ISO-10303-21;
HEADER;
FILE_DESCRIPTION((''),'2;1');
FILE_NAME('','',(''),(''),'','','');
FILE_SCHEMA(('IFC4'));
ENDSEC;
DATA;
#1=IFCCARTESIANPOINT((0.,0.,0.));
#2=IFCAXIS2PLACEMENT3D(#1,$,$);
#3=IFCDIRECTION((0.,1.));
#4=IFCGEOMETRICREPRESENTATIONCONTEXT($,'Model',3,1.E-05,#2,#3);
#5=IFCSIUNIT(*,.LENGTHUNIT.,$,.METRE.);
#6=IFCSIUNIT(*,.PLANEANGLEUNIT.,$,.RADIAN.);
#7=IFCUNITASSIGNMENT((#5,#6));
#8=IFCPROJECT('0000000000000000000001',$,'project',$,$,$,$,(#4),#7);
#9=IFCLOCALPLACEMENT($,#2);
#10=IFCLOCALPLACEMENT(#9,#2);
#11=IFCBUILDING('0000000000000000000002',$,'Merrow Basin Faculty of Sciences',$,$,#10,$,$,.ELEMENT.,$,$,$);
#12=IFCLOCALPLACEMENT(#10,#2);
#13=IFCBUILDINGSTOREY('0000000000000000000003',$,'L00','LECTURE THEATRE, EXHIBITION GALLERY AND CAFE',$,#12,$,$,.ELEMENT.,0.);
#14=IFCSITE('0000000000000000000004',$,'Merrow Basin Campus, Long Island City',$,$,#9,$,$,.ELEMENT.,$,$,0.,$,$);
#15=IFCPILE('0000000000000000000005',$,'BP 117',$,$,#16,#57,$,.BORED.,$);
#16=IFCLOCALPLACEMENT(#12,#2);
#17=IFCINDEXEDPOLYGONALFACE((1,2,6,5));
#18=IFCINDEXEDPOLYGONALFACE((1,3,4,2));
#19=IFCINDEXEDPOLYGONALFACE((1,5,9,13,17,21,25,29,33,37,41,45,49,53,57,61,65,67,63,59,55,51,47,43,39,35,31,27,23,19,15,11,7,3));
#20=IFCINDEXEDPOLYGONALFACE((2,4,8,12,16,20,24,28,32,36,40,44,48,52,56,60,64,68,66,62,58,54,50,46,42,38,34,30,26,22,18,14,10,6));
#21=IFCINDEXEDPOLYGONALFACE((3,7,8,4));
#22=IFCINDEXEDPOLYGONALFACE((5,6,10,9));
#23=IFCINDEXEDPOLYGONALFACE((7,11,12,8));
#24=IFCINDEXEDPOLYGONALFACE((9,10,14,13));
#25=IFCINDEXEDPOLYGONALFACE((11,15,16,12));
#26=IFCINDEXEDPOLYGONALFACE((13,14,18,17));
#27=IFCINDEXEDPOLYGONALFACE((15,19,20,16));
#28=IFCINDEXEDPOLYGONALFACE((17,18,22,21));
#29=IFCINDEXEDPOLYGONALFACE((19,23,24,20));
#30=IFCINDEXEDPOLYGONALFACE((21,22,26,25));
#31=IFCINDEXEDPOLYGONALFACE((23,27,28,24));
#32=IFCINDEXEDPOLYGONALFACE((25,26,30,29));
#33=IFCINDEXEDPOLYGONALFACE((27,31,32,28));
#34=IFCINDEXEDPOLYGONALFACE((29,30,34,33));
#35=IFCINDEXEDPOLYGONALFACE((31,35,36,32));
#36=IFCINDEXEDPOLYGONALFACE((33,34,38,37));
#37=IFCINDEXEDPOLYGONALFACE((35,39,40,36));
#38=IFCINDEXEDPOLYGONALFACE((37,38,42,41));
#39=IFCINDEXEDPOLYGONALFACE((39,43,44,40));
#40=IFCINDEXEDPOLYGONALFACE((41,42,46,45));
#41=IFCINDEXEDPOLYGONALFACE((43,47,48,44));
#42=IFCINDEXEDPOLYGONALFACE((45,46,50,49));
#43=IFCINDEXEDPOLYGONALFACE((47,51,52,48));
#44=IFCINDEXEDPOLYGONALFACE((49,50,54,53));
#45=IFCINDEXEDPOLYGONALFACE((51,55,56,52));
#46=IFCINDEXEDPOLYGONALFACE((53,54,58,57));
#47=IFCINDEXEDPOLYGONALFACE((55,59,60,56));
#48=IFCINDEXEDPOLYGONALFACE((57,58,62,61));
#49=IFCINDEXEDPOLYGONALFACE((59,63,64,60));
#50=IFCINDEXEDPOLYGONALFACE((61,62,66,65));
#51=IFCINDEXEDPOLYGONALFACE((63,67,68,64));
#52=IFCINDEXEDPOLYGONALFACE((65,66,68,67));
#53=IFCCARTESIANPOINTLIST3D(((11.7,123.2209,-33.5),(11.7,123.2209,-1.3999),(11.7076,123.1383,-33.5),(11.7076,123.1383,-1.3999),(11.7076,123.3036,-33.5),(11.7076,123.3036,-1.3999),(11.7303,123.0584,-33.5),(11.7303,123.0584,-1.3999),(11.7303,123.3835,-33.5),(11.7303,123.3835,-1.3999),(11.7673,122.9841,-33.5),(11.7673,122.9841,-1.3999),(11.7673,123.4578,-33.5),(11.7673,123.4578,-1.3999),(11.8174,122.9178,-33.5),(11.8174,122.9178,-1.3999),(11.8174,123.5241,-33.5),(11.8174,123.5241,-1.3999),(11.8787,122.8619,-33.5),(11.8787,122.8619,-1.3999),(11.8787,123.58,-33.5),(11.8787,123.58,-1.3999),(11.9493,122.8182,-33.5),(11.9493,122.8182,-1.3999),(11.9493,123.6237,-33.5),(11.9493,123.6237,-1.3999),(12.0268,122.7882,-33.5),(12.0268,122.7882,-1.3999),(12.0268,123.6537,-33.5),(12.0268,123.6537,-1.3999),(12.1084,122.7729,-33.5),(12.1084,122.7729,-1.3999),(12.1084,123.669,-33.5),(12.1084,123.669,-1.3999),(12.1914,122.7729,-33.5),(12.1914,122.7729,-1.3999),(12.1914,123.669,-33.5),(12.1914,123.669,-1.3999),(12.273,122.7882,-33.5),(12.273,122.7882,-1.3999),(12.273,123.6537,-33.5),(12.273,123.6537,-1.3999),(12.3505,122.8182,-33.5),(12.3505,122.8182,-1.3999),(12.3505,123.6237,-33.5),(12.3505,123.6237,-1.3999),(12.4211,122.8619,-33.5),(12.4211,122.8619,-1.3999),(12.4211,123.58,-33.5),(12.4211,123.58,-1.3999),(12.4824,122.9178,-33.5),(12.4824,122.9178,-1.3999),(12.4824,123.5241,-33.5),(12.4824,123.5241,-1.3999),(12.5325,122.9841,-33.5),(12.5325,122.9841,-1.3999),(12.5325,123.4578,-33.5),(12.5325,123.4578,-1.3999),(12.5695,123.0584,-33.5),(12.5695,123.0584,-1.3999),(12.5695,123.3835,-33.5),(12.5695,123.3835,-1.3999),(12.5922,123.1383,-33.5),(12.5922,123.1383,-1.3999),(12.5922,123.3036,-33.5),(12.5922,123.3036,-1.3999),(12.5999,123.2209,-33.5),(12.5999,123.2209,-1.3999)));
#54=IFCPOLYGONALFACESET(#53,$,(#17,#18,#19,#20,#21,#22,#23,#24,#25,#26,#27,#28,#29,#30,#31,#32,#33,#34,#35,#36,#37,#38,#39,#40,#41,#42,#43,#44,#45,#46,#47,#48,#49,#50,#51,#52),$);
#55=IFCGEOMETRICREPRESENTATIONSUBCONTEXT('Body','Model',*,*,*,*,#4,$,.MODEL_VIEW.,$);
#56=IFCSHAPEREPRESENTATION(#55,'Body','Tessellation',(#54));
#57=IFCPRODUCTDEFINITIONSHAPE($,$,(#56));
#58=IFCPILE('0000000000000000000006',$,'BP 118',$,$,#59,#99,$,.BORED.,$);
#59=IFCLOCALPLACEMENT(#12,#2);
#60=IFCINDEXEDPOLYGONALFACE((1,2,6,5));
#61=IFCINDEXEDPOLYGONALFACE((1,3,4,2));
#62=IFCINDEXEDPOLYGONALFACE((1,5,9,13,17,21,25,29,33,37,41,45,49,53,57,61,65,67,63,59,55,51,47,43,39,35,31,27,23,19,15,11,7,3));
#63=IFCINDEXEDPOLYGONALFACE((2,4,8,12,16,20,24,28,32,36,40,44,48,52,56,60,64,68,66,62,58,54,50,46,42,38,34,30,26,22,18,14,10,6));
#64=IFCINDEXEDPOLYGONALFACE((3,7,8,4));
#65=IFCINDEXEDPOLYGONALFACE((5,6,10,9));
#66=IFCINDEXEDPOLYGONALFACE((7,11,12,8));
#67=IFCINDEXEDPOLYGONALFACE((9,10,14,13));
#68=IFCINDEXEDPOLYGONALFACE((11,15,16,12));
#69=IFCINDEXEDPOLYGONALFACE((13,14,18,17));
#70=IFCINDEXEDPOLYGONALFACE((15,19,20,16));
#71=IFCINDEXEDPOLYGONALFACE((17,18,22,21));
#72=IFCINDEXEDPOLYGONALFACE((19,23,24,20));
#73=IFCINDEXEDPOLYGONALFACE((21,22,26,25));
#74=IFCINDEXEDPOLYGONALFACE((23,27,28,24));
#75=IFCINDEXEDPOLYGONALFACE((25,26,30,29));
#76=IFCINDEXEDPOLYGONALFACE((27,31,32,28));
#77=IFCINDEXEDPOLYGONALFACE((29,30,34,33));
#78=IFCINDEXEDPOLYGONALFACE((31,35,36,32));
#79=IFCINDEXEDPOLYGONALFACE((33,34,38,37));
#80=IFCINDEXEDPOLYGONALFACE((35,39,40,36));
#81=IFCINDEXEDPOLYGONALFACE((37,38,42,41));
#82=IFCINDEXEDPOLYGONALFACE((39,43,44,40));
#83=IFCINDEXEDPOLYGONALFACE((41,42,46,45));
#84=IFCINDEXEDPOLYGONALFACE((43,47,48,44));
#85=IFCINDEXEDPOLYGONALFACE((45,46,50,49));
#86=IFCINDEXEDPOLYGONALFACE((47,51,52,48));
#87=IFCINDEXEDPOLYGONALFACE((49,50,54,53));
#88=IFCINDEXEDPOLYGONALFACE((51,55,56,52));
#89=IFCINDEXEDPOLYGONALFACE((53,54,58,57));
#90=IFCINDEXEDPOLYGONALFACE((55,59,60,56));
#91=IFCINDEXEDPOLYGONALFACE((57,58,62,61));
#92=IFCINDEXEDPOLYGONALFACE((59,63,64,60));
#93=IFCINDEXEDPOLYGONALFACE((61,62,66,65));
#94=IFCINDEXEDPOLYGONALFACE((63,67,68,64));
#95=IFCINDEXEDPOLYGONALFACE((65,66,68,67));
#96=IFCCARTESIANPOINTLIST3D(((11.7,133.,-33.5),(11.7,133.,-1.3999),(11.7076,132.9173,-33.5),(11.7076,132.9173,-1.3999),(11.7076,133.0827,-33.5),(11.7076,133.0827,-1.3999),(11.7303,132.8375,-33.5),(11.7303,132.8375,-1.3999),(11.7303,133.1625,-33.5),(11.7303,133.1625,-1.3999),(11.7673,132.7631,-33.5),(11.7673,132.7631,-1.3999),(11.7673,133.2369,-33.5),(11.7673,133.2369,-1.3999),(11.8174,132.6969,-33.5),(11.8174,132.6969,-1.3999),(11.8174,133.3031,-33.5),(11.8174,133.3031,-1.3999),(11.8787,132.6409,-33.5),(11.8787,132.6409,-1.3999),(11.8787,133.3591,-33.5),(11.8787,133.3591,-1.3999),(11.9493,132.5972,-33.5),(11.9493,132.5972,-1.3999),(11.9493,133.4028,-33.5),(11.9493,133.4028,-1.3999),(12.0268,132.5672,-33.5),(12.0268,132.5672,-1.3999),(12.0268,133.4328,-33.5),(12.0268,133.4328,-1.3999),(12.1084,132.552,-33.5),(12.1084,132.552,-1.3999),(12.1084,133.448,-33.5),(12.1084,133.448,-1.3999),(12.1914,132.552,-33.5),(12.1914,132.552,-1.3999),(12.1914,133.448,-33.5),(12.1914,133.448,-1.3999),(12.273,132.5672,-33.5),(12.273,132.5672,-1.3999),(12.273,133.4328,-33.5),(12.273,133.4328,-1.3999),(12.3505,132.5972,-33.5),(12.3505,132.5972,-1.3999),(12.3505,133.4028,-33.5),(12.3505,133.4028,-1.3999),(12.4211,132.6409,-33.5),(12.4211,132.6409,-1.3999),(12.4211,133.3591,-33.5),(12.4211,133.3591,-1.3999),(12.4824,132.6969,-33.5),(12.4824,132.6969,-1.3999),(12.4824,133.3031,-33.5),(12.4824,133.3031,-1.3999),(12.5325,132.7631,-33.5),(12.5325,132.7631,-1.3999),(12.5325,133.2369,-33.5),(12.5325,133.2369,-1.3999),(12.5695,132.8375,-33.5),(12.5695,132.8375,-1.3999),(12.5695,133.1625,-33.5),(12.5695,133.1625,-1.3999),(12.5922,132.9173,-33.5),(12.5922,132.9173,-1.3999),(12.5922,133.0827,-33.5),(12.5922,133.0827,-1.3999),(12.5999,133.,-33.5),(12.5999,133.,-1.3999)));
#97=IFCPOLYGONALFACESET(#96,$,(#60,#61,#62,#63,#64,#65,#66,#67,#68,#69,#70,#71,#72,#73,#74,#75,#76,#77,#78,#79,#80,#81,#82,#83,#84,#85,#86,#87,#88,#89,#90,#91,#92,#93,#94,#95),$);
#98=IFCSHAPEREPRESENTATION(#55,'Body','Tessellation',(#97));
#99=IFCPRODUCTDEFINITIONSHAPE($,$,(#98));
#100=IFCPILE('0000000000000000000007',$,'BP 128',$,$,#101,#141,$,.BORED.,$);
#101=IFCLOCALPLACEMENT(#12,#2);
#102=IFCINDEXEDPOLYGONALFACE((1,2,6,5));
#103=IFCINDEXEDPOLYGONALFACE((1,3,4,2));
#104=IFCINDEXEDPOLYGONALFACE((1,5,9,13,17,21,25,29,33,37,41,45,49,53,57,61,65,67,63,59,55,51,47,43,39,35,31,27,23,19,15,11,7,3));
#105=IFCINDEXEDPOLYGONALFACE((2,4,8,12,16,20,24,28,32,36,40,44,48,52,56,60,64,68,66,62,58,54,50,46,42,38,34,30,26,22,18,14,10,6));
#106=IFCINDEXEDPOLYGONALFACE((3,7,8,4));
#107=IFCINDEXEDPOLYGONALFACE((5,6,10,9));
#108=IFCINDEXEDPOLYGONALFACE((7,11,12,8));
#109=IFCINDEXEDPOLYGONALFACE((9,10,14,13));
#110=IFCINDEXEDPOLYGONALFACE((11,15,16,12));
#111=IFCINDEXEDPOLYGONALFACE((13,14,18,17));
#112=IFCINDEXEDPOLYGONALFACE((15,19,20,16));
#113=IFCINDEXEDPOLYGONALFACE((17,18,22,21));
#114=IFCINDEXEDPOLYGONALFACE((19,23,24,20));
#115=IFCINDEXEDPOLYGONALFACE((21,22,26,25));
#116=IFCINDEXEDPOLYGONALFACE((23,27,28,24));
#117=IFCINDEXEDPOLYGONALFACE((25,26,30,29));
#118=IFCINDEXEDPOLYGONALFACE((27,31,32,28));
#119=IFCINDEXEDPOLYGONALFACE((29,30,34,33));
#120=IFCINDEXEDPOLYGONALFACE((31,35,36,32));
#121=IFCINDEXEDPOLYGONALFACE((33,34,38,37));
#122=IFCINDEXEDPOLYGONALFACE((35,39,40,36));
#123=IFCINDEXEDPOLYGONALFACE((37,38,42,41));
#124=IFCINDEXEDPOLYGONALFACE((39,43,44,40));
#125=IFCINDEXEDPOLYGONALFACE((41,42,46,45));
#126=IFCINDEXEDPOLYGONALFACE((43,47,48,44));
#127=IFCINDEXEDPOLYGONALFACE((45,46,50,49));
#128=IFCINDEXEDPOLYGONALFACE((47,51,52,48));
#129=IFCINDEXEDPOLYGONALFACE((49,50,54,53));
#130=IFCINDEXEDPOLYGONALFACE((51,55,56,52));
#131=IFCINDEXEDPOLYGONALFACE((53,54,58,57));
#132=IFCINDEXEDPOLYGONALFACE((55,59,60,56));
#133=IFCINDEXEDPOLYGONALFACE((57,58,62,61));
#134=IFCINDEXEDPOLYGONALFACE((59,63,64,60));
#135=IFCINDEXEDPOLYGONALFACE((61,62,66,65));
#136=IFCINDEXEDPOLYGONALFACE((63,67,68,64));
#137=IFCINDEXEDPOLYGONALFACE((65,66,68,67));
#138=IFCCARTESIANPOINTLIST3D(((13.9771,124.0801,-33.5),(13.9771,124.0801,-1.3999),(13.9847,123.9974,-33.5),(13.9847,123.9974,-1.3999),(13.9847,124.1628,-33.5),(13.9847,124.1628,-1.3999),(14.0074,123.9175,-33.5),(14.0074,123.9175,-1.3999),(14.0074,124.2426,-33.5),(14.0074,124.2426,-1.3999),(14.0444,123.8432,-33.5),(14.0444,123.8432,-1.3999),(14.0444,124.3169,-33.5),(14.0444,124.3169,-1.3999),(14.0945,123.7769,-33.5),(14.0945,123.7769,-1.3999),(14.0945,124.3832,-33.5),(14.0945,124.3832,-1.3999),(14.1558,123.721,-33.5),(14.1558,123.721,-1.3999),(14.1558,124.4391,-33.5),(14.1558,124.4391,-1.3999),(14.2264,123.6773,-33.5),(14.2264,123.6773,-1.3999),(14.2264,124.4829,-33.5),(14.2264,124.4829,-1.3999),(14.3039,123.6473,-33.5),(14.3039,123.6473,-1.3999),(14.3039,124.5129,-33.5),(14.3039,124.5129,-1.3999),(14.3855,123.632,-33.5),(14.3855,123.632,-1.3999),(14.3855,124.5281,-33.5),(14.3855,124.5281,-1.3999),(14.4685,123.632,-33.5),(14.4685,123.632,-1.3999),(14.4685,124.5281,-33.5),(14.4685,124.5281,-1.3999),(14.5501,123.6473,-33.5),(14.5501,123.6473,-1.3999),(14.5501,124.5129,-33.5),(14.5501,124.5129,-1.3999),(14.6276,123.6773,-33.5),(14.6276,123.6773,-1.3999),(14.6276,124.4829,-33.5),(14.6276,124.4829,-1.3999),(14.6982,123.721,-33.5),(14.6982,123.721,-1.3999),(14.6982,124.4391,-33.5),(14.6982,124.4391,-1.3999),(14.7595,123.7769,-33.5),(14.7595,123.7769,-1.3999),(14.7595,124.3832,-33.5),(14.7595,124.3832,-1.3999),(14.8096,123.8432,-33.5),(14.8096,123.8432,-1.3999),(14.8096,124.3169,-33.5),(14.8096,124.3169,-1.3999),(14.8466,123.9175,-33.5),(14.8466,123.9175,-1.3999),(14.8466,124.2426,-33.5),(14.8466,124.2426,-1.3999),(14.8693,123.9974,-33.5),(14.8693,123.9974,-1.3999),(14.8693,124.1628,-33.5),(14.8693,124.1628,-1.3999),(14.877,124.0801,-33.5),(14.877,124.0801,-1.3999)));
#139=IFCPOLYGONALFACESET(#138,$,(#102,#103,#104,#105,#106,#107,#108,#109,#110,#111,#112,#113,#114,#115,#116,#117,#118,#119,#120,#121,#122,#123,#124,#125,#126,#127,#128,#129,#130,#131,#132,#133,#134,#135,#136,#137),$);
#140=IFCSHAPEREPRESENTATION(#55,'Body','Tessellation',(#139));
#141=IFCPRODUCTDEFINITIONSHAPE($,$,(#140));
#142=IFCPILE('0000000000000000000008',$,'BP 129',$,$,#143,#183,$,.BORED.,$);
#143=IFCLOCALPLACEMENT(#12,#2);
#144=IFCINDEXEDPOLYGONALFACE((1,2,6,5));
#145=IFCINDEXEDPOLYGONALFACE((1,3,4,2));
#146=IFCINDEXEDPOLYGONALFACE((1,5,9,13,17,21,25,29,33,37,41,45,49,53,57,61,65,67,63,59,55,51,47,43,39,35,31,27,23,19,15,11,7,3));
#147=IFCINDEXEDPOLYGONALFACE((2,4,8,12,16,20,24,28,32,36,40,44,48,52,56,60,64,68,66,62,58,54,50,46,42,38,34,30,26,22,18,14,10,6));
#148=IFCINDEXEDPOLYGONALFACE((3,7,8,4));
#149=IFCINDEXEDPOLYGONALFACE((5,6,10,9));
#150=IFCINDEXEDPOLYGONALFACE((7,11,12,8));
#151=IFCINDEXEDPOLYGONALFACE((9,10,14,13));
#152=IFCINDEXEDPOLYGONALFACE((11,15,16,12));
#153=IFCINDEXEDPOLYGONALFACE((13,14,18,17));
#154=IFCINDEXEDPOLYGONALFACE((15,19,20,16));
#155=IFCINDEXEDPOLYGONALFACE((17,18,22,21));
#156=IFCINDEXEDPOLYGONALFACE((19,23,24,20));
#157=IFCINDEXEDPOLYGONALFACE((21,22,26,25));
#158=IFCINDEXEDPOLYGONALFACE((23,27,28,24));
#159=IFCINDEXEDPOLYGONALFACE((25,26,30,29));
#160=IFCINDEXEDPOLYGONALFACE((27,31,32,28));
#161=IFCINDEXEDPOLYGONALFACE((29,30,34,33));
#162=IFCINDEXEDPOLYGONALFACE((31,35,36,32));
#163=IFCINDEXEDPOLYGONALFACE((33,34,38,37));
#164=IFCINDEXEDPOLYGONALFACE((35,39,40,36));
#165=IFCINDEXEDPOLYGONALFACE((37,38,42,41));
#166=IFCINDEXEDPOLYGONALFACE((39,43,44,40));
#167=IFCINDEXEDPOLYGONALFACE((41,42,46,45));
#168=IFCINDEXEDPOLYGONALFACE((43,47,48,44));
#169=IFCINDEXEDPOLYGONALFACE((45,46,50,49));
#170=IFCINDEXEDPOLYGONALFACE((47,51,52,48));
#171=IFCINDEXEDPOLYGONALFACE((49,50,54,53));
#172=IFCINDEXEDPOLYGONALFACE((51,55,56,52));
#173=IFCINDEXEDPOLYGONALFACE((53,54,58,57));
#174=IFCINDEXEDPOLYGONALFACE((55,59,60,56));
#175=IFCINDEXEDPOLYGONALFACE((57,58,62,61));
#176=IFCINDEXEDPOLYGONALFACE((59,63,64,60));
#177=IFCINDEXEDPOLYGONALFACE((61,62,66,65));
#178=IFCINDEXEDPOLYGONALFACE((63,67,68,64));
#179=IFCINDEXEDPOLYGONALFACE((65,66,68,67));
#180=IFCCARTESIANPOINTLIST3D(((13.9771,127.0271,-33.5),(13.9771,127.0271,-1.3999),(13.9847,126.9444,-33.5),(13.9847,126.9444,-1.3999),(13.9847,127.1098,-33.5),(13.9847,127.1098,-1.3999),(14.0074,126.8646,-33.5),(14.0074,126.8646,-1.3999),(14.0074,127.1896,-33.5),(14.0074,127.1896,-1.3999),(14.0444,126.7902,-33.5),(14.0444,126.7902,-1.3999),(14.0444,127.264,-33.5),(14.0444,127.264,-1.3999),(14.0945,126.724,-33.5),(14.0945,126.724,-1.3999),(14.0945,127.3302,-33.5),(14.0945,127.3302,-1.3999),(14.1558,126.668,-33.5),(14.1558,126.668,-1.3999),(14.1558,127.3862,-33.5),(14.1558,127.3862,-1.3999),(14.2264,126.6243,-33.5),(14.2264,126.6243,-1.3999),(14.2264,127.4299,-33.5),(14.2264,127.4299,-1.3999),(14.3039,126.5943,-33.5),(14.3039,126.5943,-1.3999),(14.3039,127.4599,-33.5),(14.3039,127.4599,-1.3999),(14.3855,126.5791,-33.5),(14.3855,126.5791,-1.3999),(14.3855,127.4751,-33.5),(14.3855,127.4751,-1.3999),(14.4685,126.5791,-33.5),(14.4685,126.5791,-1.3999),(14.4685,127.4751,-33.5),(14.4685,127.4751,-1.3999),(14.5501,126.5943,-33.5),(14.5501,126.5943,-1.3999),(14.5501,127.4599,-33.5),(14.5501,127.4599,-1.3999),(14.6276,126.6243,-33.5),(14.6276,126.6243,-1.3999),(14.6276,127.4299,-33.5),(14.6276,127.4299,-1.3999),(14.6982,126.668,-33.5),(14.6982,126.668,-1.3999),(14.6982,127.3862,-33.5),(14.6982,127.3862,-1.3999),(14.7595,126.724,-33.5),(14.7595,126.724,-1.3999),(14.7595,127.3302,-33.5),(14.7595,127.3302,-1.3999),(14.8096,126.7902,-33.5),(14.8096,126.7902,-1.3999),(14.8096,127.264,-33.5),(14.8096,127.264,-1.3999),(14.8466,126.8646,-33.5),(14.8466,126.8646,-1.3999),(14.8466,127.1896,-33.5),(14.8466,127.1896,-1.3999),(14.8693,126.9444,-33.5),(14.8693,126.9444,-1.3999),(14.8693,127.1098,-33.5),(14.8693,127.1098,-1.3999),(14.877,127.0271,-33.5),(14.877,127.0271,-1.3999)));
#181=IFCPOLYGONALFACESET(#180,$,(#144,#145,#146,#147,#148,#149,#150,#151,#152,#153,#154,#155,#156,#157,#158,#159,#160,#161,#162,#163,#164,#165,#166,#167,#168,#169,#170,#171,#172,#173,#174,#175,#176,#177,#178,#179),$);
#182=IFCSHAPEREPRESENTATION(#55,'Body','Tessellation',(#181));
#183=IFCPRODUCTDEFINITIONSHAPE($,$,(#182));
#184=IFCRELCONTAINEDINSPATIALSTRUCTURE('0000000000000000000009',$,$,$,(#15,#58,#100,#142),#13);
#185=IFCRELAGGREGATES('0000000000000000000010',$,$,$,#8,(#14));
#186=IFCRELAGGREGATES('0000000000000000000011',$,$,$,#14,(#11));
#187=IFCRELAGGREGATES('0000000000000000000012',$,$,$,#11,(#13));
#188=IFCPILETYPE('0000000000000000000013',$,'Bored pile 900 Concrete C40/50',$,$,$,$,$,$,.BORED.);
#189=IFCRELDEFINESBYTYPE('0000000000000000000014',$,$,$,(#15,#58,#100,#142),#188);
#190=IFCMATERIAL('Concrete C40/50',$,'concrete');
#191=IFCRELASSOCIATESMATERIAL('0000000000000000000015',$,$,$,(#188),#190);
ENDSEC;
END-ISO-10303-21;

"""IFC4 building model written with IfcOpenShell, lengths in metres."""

from ifc_helpers import new_model, si_unit, direction, frame, origin, origin_2d, place, context, subcontext, project, spatial, circle, extrude, material, material_profile, profile_set, type_object, element, save


model = new_model("IFC4")

# Units and contexts
model_context = context("Model", 3, precision=1e-05, world=origin(), true_north=direction((0.0, 1.0)))
body_context = subcontext(model_context, "Body", "Model", "MODEL_VIEW")
ifc_project = project(units=[si_unit("LENGTHUNIT", "METRE"), si_unit("PLANEANGLEUNIT", "RADIAN")], contexts=[model_context])

# Site, building, storey
site_placement = place(None, origin())
site = spatial("IfcSite", under=ifc_project, at=site_placement, Name="Merrow Basin Campus, Long Island City", CompositionType="ELEMENT", RefElevation=0.0)
building_placement = place(site_placement, origin())
building = spatial("IfcBuilding", under=site, at=building_placement, Name="Merrow Basin Faculty of Sciences", CompositionType="ELEMENT")
storey_placement = place(building_placement, origin())
storey = spatial("IfcBuildingStorey", under=building, at=storey_placement, Name="L00", Description="LECTURE THEATRE, EXHIBITION GALLERY AND CAFE", CompositionType="ELEMENT", Elevation=0.0)

# Piles
ifc_material_1 = material(Name="Concrete C40/50", Category="concrete")
ifc_material_profile_1 = material_profile(ifc_material_1, circle(Radius=0.45, at=origin_2d()))
ifc_profile_set_1 = profile_set([ifc_material_profile_1], Name="Concrete C40/50")
pile_type_1 = type_object("IfcPileType", Name="Bored pile 900 Concrete C40/50", PredefinedType="BORED", material=ifc_profile_set_1)
for number, where, z_axis, x_axis, name in (
    (1, (12.1499, 123.2209, -1.3999), (0.0, 0.0, -1.0), (1.0, 0.0, 0.0), "BP 117"),
    (2, (12.1499, 133.0, -1.3999), (0.0, 0.0, -1.0), (1.0, 0.0, 0.0), "BP 118"),
    (3, (14.427, 124.0801, -1.3999), (0.0, 0.0, -1.0), (1.0, 0.0, 0.0), "BP 128"),
    (4, (14.427, 127.0271, -1.3999), (0.0, 0.0, -1.0), (1.0, 0.0, 0.0), "BP 129"),
):
    element("IfcPile", number, at=place(storey_placement, frame(where, z_axis=z_axis, x_axis=x_axis)), inside=storey, type_object=pile_type_1, Name=name, PredefinedType="BORED", context=body_context, shape_type="SweptSolid", body=[
        extrude(circle(Radius=0.45, at=origin_2d()), origin(), (0.0, 0.0, 1.0), 32.1001),
    ])

save(model, "model.ifc")
